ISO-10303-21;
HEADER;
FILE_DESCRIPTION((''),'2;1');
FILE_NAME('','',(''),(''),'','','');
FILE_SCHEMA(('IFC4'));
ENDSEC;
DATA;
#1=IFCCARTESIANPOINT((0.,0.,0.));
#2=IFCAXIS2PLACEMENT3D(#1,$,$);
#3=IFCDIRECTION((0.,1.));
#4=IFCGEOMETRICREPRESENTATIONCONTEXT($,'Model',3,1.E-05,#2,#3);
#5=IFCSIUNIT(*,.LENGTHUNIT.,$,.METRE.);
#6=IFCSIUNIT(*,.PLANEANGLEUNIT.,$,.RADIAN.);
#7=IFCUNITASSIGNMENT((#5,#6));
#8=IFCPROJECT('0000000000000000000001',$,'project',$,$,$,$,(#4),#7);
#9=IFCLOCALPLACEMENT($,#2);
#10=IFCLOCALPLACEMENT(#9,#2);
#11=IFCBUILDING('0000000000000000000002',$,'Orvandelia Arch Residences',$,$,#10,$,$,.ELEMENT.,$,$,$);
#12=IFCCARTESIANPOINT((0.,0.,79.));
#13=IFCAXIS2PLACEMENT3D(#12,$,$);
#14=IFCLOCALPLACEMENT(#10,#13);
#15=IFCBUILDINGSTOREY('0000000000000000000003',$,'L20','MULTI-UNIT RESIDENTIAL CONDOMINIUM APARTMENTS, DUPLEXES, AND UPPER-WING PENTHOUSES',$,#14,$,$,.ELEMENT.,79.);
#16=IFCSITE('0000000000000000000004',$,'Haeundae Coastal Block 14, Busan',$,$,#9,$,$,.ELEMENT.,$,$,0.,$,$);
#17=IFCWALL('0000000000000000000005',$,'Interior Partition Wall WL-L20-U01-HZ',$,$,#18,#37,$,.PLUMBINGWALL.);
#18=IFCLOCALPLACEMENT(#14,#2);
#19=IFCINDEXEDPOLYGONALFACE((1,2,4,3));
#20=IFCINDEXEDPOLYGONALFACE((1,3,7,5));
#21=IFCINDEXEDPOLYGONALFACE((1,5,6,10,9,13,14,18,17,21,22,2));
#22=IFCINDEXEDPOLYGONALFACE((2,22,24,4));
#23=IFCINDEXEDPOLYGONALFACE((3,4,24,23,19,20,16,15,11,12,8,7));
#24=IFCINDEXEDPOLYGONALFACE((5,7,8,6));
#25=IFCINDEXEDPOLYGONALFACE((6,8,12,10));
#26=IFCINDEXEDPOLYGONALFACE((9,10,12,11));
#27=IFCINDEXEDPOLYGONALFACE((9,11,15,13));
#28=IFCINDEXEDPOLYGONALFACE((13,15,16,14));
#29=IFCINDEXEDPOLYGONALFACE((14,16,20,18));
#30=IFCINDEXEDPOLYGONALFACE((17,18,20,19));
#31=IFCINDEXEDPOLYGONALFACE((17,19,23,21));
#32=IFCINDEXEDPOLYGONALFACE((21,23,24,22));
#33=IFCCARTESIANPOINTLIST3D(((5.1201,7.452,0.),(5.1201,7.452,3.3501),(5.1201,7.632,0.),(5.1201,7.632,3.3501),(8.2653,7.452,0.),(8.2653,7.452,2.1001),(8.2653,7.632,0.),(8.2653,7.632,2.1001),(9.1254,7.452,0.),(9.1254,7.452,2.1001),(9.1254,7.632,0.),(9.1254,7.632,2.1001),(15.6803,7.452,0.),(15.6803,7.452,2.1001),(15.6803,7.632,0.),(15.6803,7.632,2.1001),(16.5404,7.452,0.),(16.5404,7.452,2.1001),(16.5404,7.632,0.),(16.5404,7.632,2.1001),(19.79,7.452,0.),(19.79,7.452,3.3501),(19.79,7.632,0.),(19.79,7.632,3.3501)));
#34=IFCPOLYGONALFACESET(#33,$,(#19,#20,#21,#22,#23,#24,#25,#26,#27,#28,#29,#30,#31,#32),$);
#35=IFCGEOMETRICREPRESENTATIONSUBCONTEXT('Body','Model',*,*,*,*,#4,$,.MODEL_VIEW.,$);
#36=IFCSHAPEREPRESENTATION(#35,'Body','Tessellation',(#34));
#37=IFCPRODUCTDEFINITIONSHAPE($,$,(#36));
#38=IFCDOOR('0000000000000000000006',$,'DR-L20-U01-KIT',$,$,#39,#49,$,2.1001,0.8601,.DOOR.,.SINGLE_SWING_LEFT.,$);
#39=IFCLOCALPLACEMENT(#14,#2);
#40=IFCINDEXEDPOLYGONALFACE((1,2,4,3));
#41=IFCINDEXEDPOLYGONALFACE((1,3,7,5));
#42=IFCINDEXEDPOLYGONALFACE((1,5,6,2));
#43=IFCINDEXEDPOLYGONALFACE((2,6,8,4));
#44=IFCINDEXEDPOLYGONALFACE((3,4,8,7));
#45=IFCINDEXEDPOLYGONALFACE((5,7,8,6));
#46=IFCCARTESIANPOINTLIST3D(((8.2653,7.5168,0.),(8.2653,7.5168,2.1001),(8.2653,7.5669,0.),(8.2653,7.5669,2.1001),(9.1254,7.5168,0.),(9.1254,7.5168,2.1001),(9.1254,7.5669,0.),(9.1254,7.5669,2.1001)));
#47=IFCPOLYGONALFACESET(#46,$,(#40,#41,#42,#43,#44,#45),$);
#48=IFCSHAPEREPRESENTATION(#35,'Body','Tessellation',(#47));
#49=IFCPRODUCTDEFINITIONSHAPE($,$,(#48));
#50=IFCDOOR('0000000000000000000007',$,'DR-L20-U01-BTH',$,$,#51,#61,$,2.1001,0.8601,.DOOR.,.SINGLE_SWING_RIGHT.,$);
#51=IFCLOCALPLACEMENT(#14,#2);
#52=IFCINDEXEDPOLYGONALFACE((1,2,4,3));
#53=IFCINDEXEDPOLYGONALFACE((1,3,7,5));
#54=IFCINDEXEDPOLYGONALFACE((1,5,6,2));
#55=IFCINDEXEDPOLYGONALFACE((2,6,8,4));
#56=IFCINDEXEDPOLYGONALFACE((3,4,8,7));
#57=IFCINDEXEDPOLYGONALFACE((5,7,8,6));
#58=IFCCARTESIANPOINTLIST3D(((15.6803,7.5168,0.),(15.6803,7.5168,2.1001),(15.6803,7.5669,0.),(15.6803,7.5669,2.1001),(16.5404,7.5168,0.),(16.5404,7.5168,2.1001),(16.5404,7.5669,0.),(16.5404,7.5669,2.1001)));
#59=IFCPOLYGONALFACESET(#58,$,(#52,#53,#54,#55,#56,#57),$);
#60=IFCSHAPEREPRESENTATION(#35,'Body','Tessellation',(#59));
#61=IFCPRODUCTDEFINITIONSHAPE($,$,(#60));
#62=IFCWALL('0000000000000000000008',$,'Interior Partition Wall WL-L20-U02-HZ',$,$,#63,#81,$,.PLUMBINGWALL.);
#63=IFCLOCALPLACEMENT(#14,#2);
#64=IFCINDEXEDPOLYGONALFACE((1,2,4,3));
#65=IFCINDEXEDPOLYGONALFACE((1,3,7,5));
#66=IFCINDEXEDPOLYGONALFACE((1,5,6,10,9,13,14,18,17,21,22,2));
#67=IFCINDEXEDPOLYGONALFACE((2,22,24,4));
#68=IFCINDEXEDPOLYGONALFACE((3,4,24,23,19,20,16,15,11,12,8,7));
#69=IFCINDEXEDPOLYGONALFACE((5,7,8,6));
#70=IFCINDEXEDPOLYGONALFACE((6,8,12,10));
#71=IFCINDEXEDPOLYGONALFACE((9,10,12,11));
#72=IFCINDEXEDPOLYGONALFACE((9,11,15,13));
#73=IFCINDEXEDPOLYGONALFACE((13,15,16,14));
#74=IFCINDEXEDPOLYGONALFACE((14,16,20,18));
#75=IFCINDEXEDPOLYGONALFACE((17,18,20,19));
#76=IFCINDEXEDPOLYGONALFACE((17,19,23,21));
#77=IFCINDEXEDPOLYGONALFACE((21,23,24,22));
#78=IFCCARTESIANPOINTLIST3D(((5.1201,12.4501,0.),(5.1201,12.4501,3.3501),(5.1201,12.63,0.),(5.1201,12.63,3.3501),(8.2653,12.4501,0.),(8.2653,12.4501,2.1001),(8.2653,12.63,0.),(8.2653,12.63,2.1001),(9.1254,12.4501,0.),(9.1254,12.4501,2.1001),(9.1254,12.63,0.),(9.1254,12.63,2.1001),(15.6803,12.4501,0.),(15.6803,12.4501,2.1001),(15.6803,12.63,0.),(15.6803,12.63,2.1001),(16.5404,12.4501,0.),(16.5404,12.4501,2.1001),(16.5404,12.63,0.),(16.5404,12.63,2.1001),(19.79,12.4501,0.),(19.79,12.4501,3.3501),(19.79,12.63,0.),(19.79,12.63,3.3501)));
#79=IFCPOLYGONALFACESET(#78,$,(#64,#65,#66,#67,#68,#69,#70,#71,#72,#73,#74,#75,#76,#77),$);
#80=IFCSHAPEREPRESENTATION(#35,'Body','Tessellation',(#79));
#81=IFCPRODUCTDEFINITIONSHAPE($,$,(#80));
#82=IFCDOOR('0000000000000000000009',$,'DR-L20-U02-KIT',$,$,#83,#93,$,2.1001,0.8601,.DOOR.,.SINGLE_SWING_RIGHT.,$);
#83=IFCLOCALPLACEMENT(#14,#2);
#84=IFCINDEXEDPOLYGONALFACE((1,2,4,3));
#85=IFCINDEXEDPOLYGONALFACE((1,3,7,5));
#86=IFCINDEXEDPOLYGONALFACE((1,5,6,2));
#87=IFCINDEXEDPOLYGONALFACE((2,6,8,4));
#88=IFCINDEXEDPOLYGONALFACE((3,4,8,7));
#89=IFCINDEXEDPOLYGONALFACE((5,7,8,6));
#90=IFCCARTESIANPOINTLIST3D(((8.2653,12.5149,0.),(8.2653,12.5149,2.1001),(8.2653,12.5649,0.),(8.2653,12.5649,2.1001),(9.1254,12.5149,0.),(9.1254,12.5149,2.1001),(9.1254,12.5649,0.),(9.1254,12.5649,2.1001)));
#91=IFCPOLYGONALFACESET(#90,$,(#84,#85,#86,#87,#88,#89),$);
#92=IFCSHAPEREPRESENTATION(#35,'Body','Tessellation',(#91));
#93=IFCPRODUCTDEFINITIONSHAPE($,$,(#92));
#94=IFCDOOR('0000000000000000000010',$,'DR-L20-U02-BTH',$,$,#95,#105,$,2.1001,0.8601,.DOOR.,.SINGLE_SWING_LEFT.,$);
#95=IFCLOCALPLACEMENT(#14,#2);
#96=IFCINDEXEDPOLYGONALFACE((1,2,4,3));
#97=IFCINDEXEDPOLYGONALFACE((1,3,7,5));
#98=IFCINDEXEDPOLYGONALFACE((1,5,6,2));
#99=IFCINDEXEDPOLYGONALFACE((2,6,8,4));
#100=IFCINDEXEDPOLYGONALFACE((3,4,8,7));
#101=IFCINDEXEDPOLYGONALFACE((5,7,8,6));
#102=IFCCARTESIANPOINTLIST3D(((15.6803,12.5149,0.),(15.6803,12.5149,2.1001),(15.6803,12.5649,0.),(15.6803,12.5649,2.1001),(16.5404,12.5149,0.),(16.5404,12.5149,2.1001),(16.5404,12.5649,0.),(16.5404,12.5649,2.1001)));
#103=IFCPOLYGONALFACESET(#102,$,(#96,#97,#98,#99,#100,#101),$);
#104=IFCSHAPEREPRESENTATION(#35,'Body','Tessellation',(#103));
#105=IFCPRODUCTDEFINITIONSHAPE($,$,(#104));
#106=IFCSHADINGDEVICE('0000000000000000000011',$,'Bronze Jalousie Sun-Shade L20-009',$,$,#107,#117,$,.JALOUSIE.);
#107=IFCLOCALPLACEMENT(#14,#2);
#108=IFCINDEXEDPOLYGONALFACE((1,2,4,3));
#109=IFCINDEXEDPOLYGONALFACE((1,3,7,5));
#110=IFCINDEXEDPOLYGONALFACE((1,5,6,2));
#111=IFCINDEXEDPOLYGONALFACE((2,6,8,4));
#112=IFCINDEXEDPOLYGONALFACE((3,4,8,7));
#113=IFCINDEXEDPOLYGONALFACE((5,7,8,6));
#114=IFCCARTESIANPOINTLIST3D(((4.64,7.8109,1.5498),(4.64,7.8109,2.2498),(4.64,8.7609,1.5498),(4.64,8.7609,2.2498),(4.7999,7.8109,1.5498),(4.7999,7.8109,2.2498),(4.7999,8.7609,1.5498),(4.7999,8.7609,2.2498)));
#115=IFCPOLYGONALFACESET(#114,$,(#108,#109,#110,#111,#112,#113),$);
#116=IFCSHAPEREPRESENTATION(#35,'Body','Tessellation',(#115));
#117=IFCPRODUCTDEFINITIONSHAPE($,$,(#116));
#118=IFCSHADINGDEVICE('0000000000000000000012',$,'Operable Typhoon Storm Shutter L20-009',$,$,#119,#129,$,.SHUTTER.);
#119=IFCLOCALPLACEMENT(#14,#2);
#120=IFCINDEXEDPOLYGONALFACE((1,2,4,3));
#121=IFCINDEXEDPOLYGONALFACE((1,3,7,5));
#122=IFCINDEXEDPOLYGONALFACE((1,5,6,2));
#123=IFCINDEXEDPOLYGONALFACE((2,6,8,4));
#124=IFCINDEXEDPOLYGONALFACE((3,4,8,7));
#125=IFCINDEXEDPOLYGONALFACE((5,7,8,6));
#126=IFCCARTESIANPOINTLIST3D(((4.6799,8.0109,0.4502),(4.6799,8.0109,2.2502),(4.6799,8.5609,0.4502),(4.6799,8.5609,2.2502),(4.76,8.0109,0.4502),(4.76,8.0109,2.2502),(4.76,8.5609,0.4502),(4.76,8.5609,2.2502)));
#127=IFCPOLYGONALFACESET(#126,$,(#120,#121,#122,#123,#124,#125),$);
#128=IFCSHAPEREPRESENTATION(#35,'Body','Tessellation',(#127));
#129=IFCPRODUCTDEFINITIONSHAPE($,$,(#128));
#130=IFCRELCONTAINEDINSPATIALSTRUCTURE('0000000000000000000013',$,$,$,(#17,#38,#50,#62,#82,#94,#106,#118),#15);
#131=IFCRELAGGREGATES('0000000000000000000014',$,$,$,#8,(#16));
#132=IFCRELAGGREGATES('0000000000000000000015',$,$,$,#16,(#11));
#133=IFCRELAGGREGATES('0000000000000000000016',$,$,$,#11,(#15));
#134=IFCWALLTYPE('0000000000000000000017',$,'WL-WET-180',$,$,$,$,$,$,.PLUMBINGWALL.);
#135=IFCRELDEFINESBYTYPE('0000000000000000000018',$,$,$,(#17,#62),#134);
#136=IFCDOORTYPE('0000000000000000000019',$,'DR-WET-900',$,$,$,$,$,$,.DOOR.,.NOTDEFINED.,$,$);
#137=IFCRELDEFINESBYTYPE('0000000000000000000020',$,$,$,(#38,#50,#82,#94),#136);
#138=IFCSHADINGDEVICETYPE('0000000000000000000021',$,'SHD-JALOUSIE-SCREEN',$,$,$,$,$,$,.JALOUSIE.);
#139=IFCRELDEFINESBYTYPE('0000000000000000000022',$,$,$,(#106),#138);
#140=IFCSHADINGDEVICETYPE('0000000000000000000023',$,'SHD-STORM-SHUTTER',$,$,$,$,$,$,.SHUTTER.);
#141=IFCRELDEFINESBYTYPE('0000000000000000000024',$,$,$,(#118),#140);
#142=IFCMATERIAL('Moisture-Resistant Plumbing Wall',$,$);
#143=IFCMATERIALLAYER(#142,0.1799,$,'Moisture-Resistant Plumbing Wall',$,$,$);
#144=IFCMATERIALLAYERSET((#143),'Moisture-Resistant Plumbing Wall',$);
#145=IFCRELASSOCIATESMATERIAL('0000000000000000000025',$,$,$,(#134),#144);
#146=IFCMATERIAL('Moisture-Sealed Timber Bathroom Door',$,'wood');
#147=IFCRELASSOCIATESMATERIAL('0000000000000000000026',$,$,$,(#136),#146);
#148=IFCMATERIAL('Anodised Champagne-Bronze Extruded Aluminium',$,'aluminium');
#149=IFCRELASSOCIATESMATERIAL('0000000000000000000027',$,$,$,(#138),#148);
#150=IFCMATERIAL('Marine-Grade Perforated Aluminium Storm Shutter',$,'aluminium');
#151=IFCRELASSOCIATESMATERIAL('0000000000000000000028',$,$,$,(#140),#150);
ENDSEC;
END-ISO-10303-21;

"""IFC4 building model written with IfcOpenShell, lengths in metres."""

from ifc_helpers import new_model, si_unit, direction, frame, frame_2d, origin, origin_2d, place, context, subcontext, project, spatial, rectangle, extrude, material, layer, layer_set, type_object, element, fill, save


model = new_model("IFC4")

# Units and contexts
model_context = context("Model", 3, precision=1e-05, world=origin(), true_north=direction((0.0, 1.0)))
body_context = subcontext(model_context, "Body", "Model", "MODEL_VIEW")
ifc_project = project(units=[si_unit("LENGTHUNIT", "METRE"), si_unit("PLANEANGLEUNIT", "RADIAN")], contexts=[model_context])

# Site, building, storey
site_placement = place(None, origin())
site = spatial("IfcSite", under=ifc_project, at=site_placement, Name="Haeundae Coastal Block 14, Busan", CompositionType="ELEMENT", RefElevation=0.0)
building_placement = place(site_placement, origin())
building = spatial("IfcBuilding", under=site, at=building_placement, Name="Orvandelia Arch Residences", CompositionType="ELEMENT")
storey_placement = place(building_placement, frame((0.0, 0.0, 79.0)))
storey = spatial("IfcBuildingStorey", under=building, at=storey_placement, Name="L20", Description="MULTI-UNIT RESIDENTIAL CONDOMINIUM APARTMENTS, DUPLEXES, AND UPPER-WING PENTHOUSES", CompositionType="ELEMENT", Elevation=79.0)

# Walls, openings, doors
ifc_material_1 = material(Name="Moisture-Resistant Plumbing Wall")
ifc_layer_1 = layer(ifc_material_1, 0.1799, Name="Moisture-Resistant Plumbing Wall")
ifc_layer_set_1 = layer_set([ifc_layer_1], Name="Moisture-Resistant Plumbing Wall")
wall_type_1 = type_object("IfcWallType", Name="WL-WET-180", PredefinedType="PLUMBINGWALL", material=ifc_layer_set_1)
wall_1_placement = place(storey_placement, frame((5.1201, 7.542, 0.0), z_axis=(0.0, 0.0, 1.0), x_axis=(1.0, 0.0, 0.0)))
wall_1 = element("IfcWall", 1, at=wall_1_placement, inside=storey, type_object=wall_type_1, Name="Interior Partition Wall WL-L20-U01-HZ", PredefinedType="PLUMBINGWALL", context=body_context, shape_type="SweptSolid", body=[
    extrude(rectangle(XDim=14.6699, YDim=0.1799, at=frame_2d((7.335, 0.0))), origin(), (0.0, 0.0, 1.0), 3.3501),
])
opening_1_placement = place(wall_1_placement, frame((3.145, 0.0, 0.0)))
opening_1 = element("IfcOpeningElement", 2, at=opening_1_placement, cuts=wall_1, PredefinedType="OPENING", context=body_context, shape_type="SweptSolid", body=[
    extrude(rectangle(XDim=0.8601, YDim=2.1001, at=frame_2d((0.4302, 1.05))), frame((0.0, 0.1001, 0.0), z_axis=(0.0, -1.0, 0.0), x_axis=(1.0, 0.0, 0.0)), (0.0, 0.0, 1.0), 0.2),
])
opening_2_placement = place(wall_1_placement, frame((10.5601, 0.0, 0.0)))
opening_2 = element("IfcOpeningElement", 3, at=opening_2_placement, cuts=wall_1, PredefinedType="OPENING", context=body_context, shape_type="SweptSolid", body=[
    extrude(rectangle(XDim=0.8601, YDim=2.1001, at=frame_2d((0.4302, 1.05))), frame((0.0, 0.1001, 0.0), z_axis=(0.0, -1.0, 0.0), x_axis=(1.0, 0.0, 0.0)), (0.0, 0.0, 1.0), 0.2),
])
ifc_material_2 = material(Name="Moisture-Sealed Timber Bathroom Door", Category="wood")
door_type_1 = type_object("IfcDoorType", Name="DR-WET-900", OperationType="NOTDEFINED", PredefinedType="DOOR", material=ifc_material_2)
door_1_placement = place(opening_1_placement, origin())
door_1 = element("IfcDoor", 4, at=door_1_placement, inside=storey, type_object=door_type_1, Name="DR-L20-U01-KIT", OperationType="SINGLE_SWING_LEFT", OverallHeight=2.1001, OverallWidth=0.8601, PredefinedType="DOOR", context=body_context, shape_type="SweptSolid", body=[
    extrude(rectangle(XDim=0.8601, YDim=2.1001, at=frame_2d((0.4302, 1.05))), frame((0.0, 0.0249, 0.0), z_axis=(0.0, -1.0, 0.0), x_axis=(1.0, 0.0, 0.0)), (0.0, 0.0, 1.0), 0.05),
])
fill(opening_1, door_1)
door_2_placement = place(opening_2_placement, origin())
door_2 = element("IfcDoor", 5, at=door_2_placement, inside=storey, type_object=door_type_1, Name="DR-L20-U01-BTH", OperationType="SINGLE_SWING_RIGHT", OverallHeight=2.1001, OverallWidth=0.8601, PredefinedType="DOOR", context=body_context, shape_type="SweptSolid", body=[
    extrude(rectangle(XDim=0.8601, YDim=2.1001, at=frame_2d((0.4302, 1.05))), frame((0.0, 0.0249, 0.0), z_axis=(0.0, -1.0, 0.0), x_axis=(1.0, 0.0, 0.0)), (0.0, 0.0, 1.0), 0.05),
])
fill(opening_2, door_2)
wall_2_placement = place(storey_placement, frame((5.1201, 12.54, 0.0), z_axis=(0.0, 0.0, 1.0), x_axis=(1.0, 0.0, 0.0)))
wall_2 = element("IfcWall", 6, at=wall_2_placement, inside=storey, type_object=wall_type_1, Name="Interior Partition Wall WL-L20-U02-HZ", PredefinedType="PLUMBINGWALL", context=body_context, shape_type="SweptSolid", body=[
    extrude(rectangle(XDim=14.6699, YDim=0.1799, at=frame_2d((7.335, 0.0))), origin(), (0.0, 0.0, 1.0), 3.3501),
])
opening_3_placement = place(wall_2_placement, frame((3.145, 0.0, 0.0)))
opening_3 = element("IfcOpeningElement", 7, at=opening_3_placement, cuts=wall_2, PredefinedType="OPENING", context=body_context, shape_type="SweptSolid", body=[
    extrude(rectangle(XDim=0.8601, YDim=2.1001, at=frame_2d((0.4302, 1.05))), frame((0.0, 0.1001, 0.0), z_axis=(0.0, -1.0, 0.0), x_axis=(1.0, 0.0, 0.0)), (0.0, 0.0, 1.0), 0.2),
])
opening_4_placement = place(wall_2_placement, frame((10.5601, 0.0, 0.0)))
opening_4 = element("IfcOpeningElement", 8, at=opening_4_placement, cuts=wall_2, PredefinedType="OPENING", context=body_context, shape_type="SweptSolid", body=[
    extrude(rectangle(XDim=0.8601, YDim=2.1001, at=frame_2d((0.4302, 1.05))), frame((0.0, 0.1001, 0.0), z_axis=(0.0, -1.0, 0.0), x_axis=(1.0, 0.0, 0.0)), (0.0, 0.0, 1.0), 0.2),
])
door_3_placement = place(opening_3_placement, origin())
door_3 = element("IfcDoor", 9, at=door_3_placement, inside=storey, type_object=door_type_1, Name="DR-L20-U02-KIT", OperationType="SINGLE_SWING_RIGHT", OverallHeight=2.1001, OverallWidth=0.8601, PredefinedType="DOOR", context=body_context, shape_type="SweptSolid", body=[
    extrude(rectangle(XDim=0.8601, YDim=2.1001, at=frame_2d((0.4302, 1.05))), frame((0.0, 0.0249, 0.0), z_axis=(0.0, -1.0, 0.0), x_axis=(1.0, 0.0, 0.0)), (0.0, 0.0, 1.0), 0.05),
])
fill(opening_3, door_3)
door_4_placement = place(opening_4_placement, origin())
door_4 = element("IfcDoor", 10, at=door_4_placement, inside=storey, type_object=door_type_1, Name="DR-L20-U02-BTH", OperationType="SINGLE_SWING_LEFT", OverallHeight=2.1001, OverallWidth=0.8601, PredefinedType="DOOR", context=body_context, shape_type="SweptSolid", body=[
    extrude(rectangle(XDim=0.8601, YDim=2.1001, at=frame_2d((0.4302, 1.05))), frame((0.0, 0.0249, 0.0), z_axis=(0.0, -1.0, 0.0), x_axis=(1.0, 0.0, 0.0)), (0.0, 0.0, 1.0), 0.05),
])
fill(opening_4, door_4)

# Shading devices
ifc_material_3 = material(Name="Anodised Champagne-Bronze Extruded Aluminium", Category="aluminium")
shading_device_type_1 = type_object("IfcShadingDeviceType", Name="SHD-JALOUSIE-SCREEN", PredefinedType="JALOUSIE", material=ifc_material_3)
shading_device_1_placement = place(storey_placement, frame((4.72, 8.2859, 1.5498), z_axis=(0.0, 0.0, 1.0), x_axis=(0.0, 1.0, 0.0)))
element("IfcShadingDevice", 11, at=shading_device_1_placement, inside=storey, type_object=shading_device_type_1, Name="Bronze Jalousie Sun-Shade L20-009", PredefinedType="JALOUSIE", context=body_context, shape_type="SweptSolid", body=[
    extrude(rectangle(XDim=0.95, YDim=0.1599, at=origin_2d()), origin(), (0.0, 0.0, 1.0), 0.7),
])
ifc_material_4 = material(Name="Marine-Grade Perforated Aluminium Storm Shutter", Category="aluminium")
shading_device_type_2 = type_object("IfcShadingDeviceType", Name="SHD-STORM-SHUTTER", PredefinedType="SHUTTER", material=ifc_material_4)
shading_device_2_placement = place(storey_placement, frame((4.72, 8.2859, 0.4502), z_axis=(0.0, 0.0, 1.0), x_axis=(0.0, 1.0, 0.0)))
element("IfcShadingDevice", 12, at=shading_device_2_placement, inside=storey, type_object=shading_device_type_2, Name="Operable Typhoon Storm Shutter L20-009", PredefinedType="SHUTTER", context=body_context, shape_type="SweptSolid", body=[
    extrude(rectangle(XDim=0.55, YDim=0.0801, at=origin_2d()), origin(), (0.0, 0.0, 1.0), 1.8),
])

save(model, "model.ifc")
